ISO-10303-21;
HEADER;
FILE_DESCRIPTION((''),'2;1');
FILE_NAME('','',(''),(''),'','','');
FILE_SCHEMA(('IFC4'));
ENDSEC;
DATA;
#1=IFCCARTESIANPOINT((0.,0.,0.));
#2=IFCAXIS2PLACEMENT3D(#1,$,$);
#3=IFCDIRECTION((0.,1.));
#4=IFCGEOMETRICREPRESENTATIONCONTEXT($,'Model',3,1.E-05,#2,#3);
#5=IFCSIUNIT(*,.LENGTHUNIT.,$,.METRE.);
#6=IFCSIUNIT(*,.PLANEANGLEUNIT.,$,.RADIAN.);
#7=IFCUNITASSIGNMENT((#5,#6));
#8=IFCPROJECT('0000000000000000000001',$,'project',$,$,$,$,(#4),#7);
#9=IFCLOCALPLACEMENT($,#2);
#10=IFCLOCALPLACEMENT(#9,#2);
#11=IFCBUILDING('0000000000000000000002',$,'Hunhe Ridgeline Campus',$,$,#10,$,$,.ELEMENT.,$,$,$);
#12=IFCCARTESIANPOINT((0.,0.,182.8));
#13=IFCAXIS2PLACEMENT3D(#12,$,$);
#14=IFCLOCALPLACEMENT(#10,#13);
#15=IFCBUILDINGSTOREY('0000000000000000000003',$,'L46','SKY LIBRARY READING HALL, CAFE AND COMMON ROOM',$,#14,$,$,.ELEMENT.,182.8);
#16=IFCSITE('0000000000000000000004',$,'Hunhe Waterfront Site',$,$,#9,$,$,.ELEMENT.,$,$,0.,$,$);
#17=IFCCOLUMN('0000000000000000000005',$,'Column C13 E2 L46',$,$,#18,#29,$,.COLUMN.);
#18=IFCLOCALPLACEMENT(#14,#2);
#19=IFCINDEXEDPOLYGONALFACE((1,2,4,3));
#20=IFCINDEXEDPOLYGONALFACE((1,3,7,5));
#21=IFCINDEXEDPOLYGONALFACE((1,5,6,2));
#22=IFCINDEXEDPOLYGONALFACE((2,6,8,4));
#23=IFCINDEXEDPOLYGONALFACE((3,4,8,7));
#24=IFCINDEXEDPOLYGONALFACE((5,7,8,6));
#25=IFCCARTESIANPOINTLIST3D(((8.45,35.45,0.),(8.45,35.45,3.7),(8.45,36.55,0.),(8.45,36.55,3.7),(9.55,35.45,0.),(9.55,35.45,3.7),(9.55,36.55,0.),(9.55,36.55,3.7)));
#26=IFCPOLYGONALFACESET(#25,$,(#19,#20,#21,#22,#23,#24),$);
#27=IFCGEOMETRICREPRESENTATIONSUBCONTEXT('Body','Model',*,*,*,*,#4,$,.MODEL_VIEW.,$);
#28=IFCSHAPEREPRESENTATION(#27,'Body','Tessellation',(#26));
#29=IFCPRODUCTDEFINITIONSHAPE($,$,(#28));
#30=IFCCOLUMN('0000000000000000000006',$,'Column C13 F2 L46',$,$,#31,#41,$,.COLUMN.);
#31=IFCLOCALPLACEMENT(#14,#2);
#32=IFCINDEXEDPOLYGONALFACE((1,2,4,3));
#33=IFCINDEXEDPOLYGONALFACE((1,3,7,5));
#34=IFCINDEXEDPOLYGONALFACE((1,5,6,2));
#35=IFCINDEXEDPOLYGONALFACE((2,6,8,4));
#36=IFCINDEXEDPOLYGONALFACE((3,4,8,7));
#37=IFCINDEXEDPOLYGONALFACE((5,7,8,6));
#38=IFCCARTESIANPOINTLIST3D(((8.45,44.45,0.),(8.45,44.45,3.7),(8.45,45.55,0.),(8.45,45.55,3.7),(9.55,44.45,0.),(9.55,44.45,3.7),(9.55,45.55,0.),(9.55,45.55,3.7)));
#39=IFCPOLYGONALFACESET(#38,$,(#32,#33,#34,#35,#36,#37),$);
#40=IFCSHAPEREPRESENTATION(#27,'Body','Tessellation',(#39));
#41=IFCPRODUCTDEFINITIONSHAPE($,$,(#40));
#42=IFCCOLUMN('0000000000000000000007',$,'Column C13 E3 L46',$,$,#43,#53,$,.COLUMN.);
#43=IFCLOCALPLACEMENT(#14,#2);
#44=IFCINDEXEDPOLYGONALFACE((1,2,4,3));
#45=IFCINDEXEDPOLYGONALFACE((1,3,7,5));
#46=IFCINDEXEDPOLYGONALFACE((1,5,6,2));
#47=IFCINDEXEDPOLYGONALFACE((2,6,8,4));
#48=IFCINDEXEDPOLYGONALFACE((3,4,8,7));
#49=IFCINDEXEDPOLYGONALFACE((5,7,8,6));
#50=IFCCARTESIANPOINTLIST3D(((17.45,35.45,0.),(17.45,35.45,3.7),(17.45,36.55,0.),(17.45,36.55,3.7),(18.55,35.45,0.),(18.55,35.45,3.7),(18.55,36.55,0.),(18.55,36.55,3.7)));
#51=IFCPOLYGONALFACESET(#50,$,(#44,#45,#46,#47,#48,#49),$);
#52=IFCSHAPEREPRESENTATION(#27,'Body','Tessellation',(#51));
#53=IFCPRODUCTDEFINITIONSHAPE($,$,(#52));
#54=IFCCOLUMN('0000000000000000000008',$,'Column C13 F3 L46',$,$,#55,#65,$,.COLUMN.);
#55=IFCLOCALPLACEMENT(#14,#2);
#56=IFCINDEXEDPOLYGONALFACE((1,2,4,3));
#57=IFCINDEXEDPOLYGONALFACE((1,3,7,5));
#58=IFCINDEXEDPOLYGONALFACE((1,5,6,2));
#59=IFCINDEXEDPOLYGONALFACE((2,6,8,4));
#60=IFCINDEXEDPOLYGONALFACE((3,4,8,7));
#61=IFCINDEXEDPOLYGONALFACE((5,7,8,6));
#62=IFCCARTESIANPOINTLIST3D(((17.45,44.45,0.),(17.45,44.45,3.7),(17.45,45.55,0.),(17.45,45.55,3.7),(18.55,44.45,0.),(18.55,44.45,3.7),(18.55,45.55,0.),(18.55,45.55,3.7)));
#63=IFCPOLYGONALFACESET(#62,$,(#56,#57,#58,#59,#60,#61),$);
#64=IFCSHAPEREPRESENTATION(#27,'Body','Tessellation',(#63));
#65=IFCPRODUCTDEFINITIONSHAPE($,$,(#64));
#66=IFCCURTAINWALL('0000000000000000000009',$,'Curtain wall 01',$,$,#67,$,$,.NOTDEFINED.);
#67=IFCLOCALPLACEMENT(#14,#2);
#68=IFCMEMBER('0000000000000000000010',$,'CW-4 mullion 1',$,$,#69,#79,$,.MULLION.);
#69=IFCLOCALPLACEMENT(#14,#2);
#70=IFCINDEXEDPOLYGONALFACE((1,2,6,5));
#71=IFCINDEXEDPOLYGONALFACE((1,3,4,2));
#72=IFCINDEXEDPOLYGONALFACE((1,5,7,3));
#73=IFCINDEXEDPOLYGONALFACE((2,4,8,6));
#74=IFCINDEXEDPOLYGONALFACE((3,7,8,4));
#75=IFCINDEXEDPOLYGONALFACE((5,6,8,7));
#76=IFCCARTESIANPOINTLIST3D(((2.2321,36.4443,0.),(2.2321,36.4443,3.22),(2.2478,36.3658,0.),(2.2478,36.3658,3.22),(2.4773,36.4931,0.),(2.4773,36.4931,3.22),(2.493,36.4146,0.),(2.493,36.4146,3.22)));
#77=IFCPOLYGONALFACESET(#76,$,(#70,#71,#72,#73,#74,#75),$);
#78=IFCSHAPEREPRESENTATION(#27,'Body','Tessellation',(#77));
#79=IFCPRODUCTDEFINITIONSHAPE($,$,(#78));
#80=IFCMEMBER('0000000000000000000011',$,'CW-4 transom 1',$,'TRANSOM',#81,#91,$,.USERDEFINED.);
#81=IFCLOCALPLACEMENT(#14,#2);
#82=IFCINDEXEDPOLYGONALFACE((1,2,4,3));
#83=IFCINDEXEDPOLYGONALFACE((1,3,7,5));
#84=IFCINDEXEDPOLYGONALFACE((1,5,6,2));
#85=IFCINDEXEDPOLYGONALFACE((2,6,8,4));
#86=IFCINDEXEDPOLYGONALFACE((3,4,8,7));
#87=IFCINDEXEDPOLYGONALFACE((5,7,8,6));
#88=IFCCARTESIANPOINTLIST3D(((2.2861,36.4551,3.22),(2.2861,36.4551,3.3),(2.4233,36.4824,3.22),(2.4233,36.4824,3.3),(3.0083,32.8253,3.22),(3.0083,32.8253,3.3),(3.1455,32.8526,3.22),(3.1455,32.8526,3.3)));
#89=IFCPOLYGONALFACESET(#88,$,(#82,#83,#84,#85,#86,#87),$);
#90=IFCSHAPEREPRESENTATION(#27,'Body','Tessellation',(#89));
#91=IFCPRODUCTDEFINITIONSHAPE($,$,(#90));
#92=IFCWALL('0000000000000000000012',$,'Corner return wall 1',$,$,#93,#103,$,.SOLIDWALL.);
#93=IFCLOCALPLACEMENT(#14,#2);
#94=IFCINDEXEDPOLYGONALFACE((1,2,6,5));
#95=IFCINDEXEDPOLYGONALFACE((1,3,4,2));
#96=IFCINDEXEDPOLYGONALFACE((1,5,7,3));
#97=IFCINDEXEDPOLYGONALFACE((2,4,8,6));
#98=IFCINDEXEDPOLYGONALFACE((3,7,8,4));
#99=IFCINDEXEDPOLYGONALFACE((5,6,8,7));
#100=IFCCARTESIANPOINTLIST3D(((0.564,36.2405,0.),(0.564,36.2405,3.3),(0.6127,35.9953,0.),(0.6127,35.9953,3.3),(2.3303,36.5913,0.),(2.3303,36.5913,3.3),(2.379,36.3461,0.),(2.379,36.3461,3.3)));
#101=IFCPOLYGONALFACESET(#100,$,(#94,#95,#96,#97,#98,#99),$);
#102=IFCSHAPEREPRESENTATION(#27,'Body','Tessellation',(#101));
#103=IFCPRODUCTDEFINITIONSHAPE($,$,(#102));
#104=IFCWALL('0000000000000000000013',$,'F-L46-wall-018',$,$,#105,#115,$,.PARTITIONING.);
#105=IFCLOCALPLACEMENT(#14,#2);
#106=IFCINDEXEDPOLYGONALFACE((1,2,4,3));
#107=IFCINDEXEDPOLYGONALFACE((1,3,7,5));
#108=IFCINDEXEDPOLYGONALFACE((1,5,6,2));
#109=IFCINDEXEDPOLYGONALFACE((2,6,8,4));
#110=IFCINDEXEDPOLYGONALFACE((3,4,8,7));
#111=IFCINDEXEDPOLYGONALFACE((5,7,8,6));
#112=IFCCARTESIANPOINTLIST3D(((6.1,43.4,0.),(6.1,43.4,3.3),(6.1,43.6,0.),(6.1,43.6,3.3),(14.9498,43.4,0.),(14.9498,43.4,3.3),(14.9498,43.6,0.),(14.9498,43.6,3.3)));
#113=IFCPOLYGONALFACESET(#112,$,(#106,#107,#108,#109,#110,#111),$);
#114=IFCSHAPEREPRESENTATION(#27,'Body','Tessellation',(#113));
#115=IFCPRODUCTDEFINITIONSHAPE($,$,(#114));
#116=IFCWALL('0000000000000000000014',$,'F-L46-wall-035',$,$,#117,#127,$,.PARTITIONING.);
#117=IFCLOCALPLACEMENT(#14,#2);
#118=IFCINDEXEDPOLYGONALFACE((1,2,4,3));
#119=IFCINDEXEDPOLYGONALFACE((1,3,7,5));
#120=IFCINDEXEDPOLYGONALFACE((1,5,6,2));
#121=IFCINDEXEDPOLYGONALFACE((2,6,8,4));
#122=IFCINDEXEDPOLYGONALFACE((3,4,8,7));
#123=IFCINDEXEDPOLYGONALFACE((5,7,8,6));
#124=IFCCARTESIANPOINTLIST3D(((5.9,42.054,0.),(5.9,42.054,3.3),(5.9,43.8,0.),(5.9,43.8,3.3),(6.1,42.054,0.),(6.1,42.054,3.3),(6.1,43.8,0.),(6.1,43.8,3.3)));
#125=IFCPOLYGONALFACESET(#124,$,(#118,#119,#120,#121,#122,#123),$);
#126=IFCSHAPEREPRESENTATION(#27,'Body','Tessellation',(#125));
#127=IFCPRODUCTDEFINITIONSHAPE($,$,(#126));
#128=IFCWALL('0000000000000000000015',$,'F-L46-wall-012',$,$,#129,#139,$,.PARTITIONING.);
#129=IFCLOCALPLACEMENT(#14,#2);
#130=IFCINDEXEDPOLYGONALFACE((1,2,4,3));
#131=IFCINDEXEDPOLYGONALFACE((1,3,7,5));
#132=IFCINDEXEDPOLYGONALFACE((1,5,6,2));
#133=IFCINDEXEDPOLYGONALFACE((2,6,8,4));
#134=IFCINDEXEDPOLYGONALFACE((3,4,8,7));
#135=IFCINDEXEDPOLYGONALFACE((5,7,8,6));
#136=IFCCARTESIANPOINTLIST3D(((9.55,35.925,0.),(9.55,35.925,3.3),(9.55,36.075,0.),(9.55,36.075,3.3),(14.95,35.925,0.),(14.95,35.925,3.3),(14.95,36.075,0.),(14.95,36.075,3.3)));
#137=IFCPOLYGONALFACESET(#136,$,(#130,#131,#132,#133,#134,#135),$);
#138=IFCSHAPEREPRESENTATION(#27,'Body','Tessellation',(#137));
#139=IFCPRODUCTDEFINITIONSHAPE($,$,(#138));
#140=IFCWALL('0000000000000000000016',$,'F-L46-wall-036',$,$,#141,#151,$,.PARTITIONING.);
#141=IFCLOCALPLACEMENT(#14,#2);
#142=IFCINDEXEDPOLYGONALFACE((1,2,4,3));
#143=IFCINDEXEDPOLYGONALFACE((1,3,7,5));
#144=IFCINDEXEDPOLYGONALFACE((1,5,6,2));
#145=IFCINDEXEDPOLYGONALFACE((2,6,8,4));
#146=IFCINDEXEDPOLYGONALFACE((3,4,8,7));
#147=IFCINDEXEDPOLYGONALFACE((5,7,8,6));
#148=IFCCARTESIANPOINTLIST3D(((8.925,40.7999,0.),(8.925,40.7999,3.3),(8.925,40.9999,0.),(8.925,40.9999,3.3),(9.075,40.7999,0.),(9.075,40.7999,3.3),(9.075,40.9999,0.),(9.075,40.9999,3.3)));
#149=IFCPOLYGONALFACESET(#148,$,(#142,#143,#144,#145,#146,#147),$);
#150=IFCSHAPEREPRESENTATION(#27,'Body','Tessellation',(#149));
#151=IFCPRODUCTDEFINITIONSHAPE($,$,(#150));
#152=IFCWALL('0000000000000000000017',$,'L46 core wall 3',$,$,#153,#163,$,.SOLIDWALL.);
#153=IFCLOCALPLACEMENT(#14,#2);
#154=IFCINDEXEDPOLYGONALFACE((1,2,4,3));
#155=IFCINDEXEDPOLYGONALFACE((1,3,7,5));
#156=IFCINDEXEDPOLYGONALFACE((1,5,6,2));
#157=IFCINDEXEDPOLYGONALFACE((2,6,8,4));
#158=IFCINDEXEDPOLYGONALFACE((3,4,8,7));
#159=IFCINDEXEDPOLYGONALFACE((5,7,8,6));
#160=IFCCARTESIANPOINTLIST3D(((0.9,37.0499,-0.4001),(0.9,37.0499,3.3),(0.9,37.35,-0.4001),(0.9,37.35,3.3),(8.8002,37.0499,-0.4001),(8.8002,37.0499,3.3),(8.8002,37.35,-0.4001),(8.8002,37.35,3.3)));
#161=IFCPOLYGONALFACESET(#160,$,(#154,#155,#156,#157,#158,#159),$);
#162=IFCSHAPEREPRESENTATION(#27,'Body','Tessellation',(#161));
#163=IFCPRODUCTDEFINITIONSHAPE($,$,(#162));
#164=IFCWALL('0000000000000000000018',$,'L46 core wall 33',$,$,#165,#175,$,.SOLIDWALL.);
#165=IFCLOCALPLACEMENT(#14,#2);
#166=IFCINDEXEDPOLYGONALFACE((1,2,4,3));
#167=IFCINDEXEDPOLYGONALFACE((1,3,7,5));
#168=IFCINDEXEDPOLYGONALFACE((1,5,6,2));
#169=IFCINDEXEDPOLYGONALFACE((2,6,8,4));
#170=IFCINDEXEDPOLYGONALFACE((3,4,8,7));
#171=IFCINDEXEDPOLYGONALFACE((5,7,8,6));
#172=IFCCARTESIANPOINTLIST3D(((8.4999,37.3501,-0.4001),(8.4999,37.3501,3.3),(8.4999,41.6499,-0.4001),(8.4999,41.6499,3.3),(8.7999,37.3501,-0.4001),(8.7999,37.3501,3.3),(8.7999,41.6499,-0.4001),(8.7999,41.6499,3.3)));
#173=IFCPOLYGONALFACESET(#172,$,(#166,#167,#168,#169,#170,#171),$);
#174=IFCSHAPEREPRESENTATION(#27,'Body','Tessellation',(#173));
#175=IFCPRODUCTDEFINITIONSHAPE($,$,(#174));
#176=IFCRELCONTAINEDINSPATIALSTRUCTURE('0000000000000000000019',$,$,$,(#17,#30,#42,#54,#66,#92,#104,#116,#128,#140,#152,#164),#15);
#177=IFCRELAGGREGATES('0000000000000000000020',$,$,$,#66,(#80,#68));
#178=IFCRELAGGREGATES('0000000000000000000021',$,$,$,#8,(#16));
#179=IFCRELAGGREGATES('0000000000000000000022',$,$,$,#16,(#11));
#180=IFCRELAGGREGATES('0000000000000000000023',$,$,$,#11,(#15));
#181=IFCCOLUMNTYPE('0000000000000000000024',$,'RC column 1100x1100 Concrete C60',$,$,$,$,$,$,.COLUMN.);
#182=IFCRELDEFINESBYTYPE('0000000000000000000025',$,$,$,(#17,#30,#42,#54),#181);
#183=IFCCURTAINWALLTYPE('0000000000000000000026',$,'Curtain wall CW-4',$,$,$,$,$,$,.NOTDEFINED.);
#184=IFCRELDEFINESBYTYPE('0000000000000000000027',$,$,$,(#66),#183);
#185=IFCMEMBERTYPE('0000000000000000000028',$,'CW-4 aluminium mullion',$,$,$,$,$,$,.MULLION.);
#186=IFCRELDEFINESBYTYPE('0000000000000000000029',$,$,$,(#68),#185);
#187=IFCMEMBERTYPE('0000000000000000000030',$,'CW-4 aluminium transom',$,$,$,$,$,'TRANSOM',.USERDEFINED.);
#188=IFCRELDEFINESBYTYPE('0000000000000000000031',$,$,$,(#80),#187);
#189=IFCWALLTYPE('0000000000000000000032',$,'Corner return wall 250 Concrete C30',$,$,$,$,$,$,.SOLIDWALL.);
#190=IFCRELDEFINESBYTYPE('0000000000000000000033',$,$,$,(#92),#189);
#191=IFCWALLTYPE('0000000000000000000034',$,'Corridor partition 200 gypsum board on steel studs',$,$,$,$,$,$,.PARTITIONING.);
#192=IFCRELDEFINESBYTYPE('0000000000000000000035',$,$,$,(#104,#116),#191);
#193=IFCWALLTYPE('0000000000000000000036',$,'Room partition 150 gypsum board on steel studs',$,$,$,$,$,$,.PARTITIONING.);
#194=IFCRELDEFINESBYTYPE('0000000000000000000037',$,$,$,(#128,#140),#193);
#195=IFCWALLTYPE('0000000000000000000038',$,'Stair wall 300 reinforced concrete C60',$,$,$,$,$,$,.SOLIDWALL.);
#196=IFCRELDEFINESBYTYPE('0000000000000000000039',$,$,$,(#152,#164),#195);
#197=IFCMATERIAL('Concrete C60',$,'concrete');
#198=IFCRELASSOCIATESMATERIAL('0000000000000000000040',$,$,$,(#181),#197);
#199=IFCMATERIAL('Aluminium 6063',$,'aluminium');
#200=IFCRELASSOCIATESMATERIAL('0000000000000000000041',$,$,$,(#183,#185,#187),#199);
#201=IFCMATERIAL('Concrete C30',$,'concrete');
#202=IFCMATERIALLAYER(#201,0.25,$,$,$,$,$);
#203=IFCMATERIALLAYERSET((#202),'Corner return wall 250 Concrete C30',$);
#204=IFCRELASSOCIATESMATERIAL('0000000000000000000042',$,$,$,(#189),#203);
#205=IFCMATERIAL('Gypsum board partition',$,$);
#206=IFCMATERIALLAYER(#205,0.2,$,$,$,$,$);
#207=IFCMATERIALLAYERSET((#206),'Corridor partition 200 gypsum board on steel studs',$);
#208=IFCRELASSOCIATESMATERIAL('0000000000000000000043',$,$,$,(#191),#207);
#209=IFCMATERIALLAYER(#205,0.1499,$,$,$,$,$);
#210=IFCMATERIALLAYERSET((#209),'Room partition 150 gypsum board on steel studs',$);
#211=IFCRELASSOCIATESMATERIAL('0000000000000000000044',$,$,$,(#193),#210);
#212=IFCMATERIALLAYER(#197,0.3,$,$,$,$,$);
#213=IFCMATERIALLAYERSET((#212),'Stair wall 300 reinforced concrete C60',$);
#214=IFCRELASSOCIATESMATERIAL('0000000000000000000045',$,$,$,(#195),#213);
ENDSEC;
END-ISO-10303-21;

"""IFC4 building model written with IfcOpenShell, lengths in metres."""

from ifc_helpers import new_model, si_unit, direction, frame, frame_2d, origin, origin_2d, place, context, subcontext, project, spatial, rectangle, extrude, material, layer, layer_set, material_profile, profile_set, type_object, element, aggregate, save


model = new_model("IFC4")

# Units and contexts
model_context = context("Model", 3, precision=1e-05, world=origin(), true_north=direction((0.0, 1.0)))
body_context = subcontext(model_context, "Body", "Model", "MODEL_VIEW")
ifc_project = project(units=[si_unit("LENGTHUNIT", "METRE"), si_unit("PLANEANGLEUNIT", "RADIAN")], contexts=[model_context])

# Site, building, storey
site_placement = place(None, origin())
site = spatial("IfcSite", under=ifc_project, at=site_placement, Name="Hunhe Waterfront Site", CompositionType="ELEMENT", RefElevation=0.0)
building_placement = place(site_placement, origin())
building = spatial("IfcBuilding", under=site, at=building_placement, Name="Hunhe Ridgeline Campus", CompositionType="ELEMENT")
storey_placement = place(building_placement, frame((0.0, 0.0, 182.8)))
storey = spatial("IfcBuildingStorey", under=building, at=storey_placement, Name="L46", Description="SKY LIBRARY READING HALL, CAFE AND COMMON ROOM", CompositionType="ELEMENT", Elevation=182.8)

# Columns
ifc_material_1 = material(Name="Concrete C60", Category="concrete")
ifc_material_profile_1 = material_profile(ifc_material_1, rectangle(XDim=1.1001, YDim=1.1001, at=origin_2d()))
ifc_profile_set_1 = profile_set([ifc_material_profile_1], Name="Concrete C60")
column_type = type_object("IfcColumnType", Name="RC column 1100x1100 Concrete C60", PredefinedType="COLUMN", material=ifc_profile_set_1)
for number, where, z_axis, x_axis, name in (
    (1, (9.0, 36.0, 0.0), (0.0, 0.0, 1.0), (1.0, 0.0, 0.0), "Column C13 E2 L46"),
    (2, (9.0, 45.0, 0.0), (0.0, 0.0, 1.0), (1.0, 0.0, 0.0), "Column C13 F2 L46"),
    (3, (18.0, 36.0, 0.0), (0.0, 0.0, 1.0), (1.0, 0.0, 0.0), "Column C13 E3 L46"),
    (4, (18.0, 45.0, 0.0), (0.0, 0.0, 1.0), (1.0, 0.0, 0.0), "Column C13 F3 L46"),
):
    element("IfcColumn", number, at=place(storey_placement, frame(where, z_axis=z_axis, x_axis=x_axis)), inside=storey, type_object=column_type, Name=name, PredefinedType="COLUMN", context=body_context, shape_type="SweptSolid", body=[
        extrude(rectangle(XDim=1.1001, YDim=1.1001, at=origin_2d()), origin(), (0.0, 0.0, 1.0), 3.7),
    ])

# Curtain wall, members
ifc_material_2 = material(Name="Aluminium 6063", Category="aluminium")
curtain_wall_type = type_object("IfcCurtainWallType", Name="Curtain wall CW-4", PredefinedType="NOTDEFINED", material=ifc_material_2)
curtain_wall_placement = place(storey_placement, origin())
curtain_wall = element("IfcCurtainWall", 5, at=curtain_wall_placement, inside=storey, type_object=curtain_wall_type, Name="Curtain wall 01", PredefinedType="NOTDEFINED")
ifc_material_profile_2 = material_profile(ifc_material_2, rectangle(XDim=0.25, YDim=0.0801, at=origin_2d()))
ifc_profile_set_2 = profile_set([ifc_material_profile_2], Name="Aluminium 6063")
member_type_1 = type_object("IfcMemberType", Name="CW-4 aluminium mullion", PredefinedType="MULLION", material=ifc_profile_set_2)
member_1_placement = place(storey_placement, frame((2.3625, 36.4294, 0.0), z_axis=(0.0, 0.0, 1.0), x_axis=(0.980784, 0.195095, 0.0)))
member_1 = element("IfcMember", 6, at=member_1_placement, type_object=member_type_1, Name="CW-4 mullion 1", PredefinedType="MULLION", context=body_context, shape_type="SweptSolid", body=[
    extrude(rectangle(XDim=0.25, YDim=0.0801, at=origin_2d()), origin(), (0.0, 0.0, 1.0), 3.22),
])
ifc_material_profile_3 = material_profile(ifc_material_2, rectangle(XDim=0.1399, YDim=0.0801, at=origin_2d()))
ifc_profile_set_3 = profile_set([ifc_material_profile_3], Name="Aluminium 6063")
member_type_2 = type_object("IfcMemberType", Name="CW-4 aluminium transom", ElementType="TRANSOM", PredefinedType="USERDEFINED", material=ifc_profile_set_3)
member_2_placement = place(storey_placement, frame((2.3547, 36.4688, 3.26), z_axis=(0.195127, -0.980778, 0.0), x_axis=(0.980778, 0.195127, 0.0)))
member_2 = element("IfcMember", 7, at=member_2_placement, type_object=member_type_2, Name="CW-4 transom 1", ObjectType="TRANSOM", PredefinedType="USERDEFINED", context=body_context, shape_type="SweptSolid", body=[
    extrude(rectangle(XDim=0.1399, YDim=0.0801, at=origin_2d()), origin(), (0.0, 0.0, 1.0), 3.7009),
])
aggregate(curtain_wall, [member_2, member_1])

# Wall
ifc_material_3 = material(Name="Concrete C30", Category="concrete")
ifc_layer_1 = layer(ifc_material_3, 0.25)
ifc_layer_set_1 = layer_set([ifc_layer_1], Name="Corner return wall 250 Concrete C30")
wall_type_1 = type_object("IfcWallType", Name="Corner return wall 250 Concrete C30", PredefinedType="SOLIDWALL", material=ifc_layer_set_1)
wall_1_placement = place(storey_placement, frame((0.5884, 36.1179, 0.0), z_axis=(0.0, 0.0, 1.0), x_axis=(0.980841, 0.194812, 0.0)))
element("IfcWall", 8, at=wall_1_placement, inside=storey, type_object=wall_type_1, Name="Corner return wall 1", PredefinedType="SOLIDWALL", context=body_context, shape_type="SweptSolid", body=[
    extrude(rectangle(XDim=1.8008, YDim=0.25, at=frame_2d((0.9004, 0.0))), origin(), (0.0, 0.0, 1.0), 3.3),
])

# Shared definitions
ifc_material_4 = material(Name="Gypsum board partition")
ifc_layer_2 = layer(ifc_material_4, 0.2)
ifc_layer_set_2 = layer_set([ifc_layer_2], Name="Corridor partition 200 gypsum board on steel studs")
wall_type_2 = type_object("IfcWallType", Name="Corridor partition 200 gypsum board on steel studs", PredefinedType="PARTITIONING", material=ifc_layer_set_2)

# Walls
wall_2_placement = place(storey_placement, frame((6.1001, 43.5, 0.0), z_axis=(0.0, 0.0, 1.0), x_axis=(1.0, 0.0, 0.0)))
element("IfcWall", 9, at=wall_2_placement, inside=storey, type_object=wall_type_2, Name="F-L46-wall-018", PredefinedType="PARTITIONING", context=body_context, shape_type="SweptSolid", body=[
    extrude(rectangle(XDim=8.8499, YDim=0.2, at=frame_2d((4.4248, 0.0))), origin(), (0.0, 0.0, 1.0), 3.3),
])
wall_3_placement = place(storey_placement, frame((6.0, 42.054, 0.0), z_axis=(0.0, 0.0, 1.0), x_axis=(0.0, 1.0, 0.0)))
element("IfcWall", 10, at=wall_3_placement, inside=storey, type_object=wall_type_2, Name="F-L46-wall-035", PredefinedType="PARTITIONING", context=body_context, shape_type="SweptSolid", body=[
    extrude(rectangle(XDim=1.7461, YDim=0.2, at=frame_2d((0.873, 0.0))), origin(), (0.0, 0.0, 1.0), 3.3),
])

# Walls
ifc_layer_3 = layer(ifc_material_4, 0.1499)
ifc_layer_set_3 = layer_set([ifc_layer_3], Name="Room partition 150 gypsum board on steel studs")
wall_type_3 = type_object("IfcWallType", Name="Room partition 150 gypsum board on steel studs", PredefinedType="PARTITIONING", material=ifc_layer_set_3)
wall_4_placement = place(storey_placement, frame((9.55, 36.0, 0.0), z_axis=(0.0, 0.0, 1.0), x_axis=(1.0, 0.0, 0.0)))
element("IfcWall", 11, at=wall_4_placement, inside=storey, type_object=wall_type_3, Name="F-L46-wall-012", PredefinedType="PARTITIONING", context=body_context, shape_type="SweptSolid", body=[
    extrude(rectangle(XDim=5.3999, YDim=0.1499, at=frame_2d((2.7, 0.0))), origin(), (0.0, 0.0, 1.0), 3.3),
])
wall_5_placement = place(storey_placement, frame((9.0, 41.0, 0.0), z_axis=(0.0, 0.0, 1.0), x_axis=(0.0, -1.0, 0.0)))
element("IfcWall", 12, at=wall_5_placement, inside=storey, type_object=wall_type_3, Name="F-L46-wall-036", PredefinedType="PARTITIONING", context=body_context, shape_type="SweptSolid", body=[
    extrude(rectangle(XDim=0.2, YDim=0.1499, at=frame_2d((0.1001, 0.0))), origin(), (0.0, 0.0, 1.0), 3.3),
])
ifc_layer_4 = layer(ifc_material_1, 0.3)
ifc_layer_set_4 = layer_set([ifc_layer_4], Name="Stair wall 300 reinforced concrete C60")
wall_type_4 = type_object("IfcWallType", Name="Stair wall 300 reinforced concrete C60", PredefinedType="SOLIDWALL", material=ifc_layer_set_4)
wall_6_placement = place(storey_placement, frame((0.8999, 37.2, -0.4001), z_axis=(0.0, 0.0, 1.0), x_axis=(1.0, 0.0, 0.0)))
element("IfcWall", 13, at=wall_6_placement, inside=storey, type_object=wall_type_4, Name="L46 core wall 3", PredefinedType="SOLIDWALL", context=body_context, shape_type="SweptSolid", body=[
    extrude(rectangle(XDim=7.9001, YDim=0.3, at=frame_2d((3.9502, 0.0))), origin(), (0.0, 0.0, 1.0), 3.7002),
])

# Wall
wall_7_placement = place(storey_placement, frame((8.6499, 37.3501, -0.4001), z_axis=(0.0, 0.0, 1.0), x_axis=(0.0, 1.0, 0.0)))
element("IfcWall", 14, at=wall_7_placement, inside=storey, type_object=wall_type_4, Name="L46 core wall 33", PredefinedType="SOLIDWALL", context=body_context, shape_type="SweptSolid", body=[
    extrude(rectangle(XDim=4.2998, YDim=0.3, at=frame_2d((2.1499, 0.0))), origin(), (0.0, 0.0, 1.0), 3.7002),
])

save(model, "model.ifc")
